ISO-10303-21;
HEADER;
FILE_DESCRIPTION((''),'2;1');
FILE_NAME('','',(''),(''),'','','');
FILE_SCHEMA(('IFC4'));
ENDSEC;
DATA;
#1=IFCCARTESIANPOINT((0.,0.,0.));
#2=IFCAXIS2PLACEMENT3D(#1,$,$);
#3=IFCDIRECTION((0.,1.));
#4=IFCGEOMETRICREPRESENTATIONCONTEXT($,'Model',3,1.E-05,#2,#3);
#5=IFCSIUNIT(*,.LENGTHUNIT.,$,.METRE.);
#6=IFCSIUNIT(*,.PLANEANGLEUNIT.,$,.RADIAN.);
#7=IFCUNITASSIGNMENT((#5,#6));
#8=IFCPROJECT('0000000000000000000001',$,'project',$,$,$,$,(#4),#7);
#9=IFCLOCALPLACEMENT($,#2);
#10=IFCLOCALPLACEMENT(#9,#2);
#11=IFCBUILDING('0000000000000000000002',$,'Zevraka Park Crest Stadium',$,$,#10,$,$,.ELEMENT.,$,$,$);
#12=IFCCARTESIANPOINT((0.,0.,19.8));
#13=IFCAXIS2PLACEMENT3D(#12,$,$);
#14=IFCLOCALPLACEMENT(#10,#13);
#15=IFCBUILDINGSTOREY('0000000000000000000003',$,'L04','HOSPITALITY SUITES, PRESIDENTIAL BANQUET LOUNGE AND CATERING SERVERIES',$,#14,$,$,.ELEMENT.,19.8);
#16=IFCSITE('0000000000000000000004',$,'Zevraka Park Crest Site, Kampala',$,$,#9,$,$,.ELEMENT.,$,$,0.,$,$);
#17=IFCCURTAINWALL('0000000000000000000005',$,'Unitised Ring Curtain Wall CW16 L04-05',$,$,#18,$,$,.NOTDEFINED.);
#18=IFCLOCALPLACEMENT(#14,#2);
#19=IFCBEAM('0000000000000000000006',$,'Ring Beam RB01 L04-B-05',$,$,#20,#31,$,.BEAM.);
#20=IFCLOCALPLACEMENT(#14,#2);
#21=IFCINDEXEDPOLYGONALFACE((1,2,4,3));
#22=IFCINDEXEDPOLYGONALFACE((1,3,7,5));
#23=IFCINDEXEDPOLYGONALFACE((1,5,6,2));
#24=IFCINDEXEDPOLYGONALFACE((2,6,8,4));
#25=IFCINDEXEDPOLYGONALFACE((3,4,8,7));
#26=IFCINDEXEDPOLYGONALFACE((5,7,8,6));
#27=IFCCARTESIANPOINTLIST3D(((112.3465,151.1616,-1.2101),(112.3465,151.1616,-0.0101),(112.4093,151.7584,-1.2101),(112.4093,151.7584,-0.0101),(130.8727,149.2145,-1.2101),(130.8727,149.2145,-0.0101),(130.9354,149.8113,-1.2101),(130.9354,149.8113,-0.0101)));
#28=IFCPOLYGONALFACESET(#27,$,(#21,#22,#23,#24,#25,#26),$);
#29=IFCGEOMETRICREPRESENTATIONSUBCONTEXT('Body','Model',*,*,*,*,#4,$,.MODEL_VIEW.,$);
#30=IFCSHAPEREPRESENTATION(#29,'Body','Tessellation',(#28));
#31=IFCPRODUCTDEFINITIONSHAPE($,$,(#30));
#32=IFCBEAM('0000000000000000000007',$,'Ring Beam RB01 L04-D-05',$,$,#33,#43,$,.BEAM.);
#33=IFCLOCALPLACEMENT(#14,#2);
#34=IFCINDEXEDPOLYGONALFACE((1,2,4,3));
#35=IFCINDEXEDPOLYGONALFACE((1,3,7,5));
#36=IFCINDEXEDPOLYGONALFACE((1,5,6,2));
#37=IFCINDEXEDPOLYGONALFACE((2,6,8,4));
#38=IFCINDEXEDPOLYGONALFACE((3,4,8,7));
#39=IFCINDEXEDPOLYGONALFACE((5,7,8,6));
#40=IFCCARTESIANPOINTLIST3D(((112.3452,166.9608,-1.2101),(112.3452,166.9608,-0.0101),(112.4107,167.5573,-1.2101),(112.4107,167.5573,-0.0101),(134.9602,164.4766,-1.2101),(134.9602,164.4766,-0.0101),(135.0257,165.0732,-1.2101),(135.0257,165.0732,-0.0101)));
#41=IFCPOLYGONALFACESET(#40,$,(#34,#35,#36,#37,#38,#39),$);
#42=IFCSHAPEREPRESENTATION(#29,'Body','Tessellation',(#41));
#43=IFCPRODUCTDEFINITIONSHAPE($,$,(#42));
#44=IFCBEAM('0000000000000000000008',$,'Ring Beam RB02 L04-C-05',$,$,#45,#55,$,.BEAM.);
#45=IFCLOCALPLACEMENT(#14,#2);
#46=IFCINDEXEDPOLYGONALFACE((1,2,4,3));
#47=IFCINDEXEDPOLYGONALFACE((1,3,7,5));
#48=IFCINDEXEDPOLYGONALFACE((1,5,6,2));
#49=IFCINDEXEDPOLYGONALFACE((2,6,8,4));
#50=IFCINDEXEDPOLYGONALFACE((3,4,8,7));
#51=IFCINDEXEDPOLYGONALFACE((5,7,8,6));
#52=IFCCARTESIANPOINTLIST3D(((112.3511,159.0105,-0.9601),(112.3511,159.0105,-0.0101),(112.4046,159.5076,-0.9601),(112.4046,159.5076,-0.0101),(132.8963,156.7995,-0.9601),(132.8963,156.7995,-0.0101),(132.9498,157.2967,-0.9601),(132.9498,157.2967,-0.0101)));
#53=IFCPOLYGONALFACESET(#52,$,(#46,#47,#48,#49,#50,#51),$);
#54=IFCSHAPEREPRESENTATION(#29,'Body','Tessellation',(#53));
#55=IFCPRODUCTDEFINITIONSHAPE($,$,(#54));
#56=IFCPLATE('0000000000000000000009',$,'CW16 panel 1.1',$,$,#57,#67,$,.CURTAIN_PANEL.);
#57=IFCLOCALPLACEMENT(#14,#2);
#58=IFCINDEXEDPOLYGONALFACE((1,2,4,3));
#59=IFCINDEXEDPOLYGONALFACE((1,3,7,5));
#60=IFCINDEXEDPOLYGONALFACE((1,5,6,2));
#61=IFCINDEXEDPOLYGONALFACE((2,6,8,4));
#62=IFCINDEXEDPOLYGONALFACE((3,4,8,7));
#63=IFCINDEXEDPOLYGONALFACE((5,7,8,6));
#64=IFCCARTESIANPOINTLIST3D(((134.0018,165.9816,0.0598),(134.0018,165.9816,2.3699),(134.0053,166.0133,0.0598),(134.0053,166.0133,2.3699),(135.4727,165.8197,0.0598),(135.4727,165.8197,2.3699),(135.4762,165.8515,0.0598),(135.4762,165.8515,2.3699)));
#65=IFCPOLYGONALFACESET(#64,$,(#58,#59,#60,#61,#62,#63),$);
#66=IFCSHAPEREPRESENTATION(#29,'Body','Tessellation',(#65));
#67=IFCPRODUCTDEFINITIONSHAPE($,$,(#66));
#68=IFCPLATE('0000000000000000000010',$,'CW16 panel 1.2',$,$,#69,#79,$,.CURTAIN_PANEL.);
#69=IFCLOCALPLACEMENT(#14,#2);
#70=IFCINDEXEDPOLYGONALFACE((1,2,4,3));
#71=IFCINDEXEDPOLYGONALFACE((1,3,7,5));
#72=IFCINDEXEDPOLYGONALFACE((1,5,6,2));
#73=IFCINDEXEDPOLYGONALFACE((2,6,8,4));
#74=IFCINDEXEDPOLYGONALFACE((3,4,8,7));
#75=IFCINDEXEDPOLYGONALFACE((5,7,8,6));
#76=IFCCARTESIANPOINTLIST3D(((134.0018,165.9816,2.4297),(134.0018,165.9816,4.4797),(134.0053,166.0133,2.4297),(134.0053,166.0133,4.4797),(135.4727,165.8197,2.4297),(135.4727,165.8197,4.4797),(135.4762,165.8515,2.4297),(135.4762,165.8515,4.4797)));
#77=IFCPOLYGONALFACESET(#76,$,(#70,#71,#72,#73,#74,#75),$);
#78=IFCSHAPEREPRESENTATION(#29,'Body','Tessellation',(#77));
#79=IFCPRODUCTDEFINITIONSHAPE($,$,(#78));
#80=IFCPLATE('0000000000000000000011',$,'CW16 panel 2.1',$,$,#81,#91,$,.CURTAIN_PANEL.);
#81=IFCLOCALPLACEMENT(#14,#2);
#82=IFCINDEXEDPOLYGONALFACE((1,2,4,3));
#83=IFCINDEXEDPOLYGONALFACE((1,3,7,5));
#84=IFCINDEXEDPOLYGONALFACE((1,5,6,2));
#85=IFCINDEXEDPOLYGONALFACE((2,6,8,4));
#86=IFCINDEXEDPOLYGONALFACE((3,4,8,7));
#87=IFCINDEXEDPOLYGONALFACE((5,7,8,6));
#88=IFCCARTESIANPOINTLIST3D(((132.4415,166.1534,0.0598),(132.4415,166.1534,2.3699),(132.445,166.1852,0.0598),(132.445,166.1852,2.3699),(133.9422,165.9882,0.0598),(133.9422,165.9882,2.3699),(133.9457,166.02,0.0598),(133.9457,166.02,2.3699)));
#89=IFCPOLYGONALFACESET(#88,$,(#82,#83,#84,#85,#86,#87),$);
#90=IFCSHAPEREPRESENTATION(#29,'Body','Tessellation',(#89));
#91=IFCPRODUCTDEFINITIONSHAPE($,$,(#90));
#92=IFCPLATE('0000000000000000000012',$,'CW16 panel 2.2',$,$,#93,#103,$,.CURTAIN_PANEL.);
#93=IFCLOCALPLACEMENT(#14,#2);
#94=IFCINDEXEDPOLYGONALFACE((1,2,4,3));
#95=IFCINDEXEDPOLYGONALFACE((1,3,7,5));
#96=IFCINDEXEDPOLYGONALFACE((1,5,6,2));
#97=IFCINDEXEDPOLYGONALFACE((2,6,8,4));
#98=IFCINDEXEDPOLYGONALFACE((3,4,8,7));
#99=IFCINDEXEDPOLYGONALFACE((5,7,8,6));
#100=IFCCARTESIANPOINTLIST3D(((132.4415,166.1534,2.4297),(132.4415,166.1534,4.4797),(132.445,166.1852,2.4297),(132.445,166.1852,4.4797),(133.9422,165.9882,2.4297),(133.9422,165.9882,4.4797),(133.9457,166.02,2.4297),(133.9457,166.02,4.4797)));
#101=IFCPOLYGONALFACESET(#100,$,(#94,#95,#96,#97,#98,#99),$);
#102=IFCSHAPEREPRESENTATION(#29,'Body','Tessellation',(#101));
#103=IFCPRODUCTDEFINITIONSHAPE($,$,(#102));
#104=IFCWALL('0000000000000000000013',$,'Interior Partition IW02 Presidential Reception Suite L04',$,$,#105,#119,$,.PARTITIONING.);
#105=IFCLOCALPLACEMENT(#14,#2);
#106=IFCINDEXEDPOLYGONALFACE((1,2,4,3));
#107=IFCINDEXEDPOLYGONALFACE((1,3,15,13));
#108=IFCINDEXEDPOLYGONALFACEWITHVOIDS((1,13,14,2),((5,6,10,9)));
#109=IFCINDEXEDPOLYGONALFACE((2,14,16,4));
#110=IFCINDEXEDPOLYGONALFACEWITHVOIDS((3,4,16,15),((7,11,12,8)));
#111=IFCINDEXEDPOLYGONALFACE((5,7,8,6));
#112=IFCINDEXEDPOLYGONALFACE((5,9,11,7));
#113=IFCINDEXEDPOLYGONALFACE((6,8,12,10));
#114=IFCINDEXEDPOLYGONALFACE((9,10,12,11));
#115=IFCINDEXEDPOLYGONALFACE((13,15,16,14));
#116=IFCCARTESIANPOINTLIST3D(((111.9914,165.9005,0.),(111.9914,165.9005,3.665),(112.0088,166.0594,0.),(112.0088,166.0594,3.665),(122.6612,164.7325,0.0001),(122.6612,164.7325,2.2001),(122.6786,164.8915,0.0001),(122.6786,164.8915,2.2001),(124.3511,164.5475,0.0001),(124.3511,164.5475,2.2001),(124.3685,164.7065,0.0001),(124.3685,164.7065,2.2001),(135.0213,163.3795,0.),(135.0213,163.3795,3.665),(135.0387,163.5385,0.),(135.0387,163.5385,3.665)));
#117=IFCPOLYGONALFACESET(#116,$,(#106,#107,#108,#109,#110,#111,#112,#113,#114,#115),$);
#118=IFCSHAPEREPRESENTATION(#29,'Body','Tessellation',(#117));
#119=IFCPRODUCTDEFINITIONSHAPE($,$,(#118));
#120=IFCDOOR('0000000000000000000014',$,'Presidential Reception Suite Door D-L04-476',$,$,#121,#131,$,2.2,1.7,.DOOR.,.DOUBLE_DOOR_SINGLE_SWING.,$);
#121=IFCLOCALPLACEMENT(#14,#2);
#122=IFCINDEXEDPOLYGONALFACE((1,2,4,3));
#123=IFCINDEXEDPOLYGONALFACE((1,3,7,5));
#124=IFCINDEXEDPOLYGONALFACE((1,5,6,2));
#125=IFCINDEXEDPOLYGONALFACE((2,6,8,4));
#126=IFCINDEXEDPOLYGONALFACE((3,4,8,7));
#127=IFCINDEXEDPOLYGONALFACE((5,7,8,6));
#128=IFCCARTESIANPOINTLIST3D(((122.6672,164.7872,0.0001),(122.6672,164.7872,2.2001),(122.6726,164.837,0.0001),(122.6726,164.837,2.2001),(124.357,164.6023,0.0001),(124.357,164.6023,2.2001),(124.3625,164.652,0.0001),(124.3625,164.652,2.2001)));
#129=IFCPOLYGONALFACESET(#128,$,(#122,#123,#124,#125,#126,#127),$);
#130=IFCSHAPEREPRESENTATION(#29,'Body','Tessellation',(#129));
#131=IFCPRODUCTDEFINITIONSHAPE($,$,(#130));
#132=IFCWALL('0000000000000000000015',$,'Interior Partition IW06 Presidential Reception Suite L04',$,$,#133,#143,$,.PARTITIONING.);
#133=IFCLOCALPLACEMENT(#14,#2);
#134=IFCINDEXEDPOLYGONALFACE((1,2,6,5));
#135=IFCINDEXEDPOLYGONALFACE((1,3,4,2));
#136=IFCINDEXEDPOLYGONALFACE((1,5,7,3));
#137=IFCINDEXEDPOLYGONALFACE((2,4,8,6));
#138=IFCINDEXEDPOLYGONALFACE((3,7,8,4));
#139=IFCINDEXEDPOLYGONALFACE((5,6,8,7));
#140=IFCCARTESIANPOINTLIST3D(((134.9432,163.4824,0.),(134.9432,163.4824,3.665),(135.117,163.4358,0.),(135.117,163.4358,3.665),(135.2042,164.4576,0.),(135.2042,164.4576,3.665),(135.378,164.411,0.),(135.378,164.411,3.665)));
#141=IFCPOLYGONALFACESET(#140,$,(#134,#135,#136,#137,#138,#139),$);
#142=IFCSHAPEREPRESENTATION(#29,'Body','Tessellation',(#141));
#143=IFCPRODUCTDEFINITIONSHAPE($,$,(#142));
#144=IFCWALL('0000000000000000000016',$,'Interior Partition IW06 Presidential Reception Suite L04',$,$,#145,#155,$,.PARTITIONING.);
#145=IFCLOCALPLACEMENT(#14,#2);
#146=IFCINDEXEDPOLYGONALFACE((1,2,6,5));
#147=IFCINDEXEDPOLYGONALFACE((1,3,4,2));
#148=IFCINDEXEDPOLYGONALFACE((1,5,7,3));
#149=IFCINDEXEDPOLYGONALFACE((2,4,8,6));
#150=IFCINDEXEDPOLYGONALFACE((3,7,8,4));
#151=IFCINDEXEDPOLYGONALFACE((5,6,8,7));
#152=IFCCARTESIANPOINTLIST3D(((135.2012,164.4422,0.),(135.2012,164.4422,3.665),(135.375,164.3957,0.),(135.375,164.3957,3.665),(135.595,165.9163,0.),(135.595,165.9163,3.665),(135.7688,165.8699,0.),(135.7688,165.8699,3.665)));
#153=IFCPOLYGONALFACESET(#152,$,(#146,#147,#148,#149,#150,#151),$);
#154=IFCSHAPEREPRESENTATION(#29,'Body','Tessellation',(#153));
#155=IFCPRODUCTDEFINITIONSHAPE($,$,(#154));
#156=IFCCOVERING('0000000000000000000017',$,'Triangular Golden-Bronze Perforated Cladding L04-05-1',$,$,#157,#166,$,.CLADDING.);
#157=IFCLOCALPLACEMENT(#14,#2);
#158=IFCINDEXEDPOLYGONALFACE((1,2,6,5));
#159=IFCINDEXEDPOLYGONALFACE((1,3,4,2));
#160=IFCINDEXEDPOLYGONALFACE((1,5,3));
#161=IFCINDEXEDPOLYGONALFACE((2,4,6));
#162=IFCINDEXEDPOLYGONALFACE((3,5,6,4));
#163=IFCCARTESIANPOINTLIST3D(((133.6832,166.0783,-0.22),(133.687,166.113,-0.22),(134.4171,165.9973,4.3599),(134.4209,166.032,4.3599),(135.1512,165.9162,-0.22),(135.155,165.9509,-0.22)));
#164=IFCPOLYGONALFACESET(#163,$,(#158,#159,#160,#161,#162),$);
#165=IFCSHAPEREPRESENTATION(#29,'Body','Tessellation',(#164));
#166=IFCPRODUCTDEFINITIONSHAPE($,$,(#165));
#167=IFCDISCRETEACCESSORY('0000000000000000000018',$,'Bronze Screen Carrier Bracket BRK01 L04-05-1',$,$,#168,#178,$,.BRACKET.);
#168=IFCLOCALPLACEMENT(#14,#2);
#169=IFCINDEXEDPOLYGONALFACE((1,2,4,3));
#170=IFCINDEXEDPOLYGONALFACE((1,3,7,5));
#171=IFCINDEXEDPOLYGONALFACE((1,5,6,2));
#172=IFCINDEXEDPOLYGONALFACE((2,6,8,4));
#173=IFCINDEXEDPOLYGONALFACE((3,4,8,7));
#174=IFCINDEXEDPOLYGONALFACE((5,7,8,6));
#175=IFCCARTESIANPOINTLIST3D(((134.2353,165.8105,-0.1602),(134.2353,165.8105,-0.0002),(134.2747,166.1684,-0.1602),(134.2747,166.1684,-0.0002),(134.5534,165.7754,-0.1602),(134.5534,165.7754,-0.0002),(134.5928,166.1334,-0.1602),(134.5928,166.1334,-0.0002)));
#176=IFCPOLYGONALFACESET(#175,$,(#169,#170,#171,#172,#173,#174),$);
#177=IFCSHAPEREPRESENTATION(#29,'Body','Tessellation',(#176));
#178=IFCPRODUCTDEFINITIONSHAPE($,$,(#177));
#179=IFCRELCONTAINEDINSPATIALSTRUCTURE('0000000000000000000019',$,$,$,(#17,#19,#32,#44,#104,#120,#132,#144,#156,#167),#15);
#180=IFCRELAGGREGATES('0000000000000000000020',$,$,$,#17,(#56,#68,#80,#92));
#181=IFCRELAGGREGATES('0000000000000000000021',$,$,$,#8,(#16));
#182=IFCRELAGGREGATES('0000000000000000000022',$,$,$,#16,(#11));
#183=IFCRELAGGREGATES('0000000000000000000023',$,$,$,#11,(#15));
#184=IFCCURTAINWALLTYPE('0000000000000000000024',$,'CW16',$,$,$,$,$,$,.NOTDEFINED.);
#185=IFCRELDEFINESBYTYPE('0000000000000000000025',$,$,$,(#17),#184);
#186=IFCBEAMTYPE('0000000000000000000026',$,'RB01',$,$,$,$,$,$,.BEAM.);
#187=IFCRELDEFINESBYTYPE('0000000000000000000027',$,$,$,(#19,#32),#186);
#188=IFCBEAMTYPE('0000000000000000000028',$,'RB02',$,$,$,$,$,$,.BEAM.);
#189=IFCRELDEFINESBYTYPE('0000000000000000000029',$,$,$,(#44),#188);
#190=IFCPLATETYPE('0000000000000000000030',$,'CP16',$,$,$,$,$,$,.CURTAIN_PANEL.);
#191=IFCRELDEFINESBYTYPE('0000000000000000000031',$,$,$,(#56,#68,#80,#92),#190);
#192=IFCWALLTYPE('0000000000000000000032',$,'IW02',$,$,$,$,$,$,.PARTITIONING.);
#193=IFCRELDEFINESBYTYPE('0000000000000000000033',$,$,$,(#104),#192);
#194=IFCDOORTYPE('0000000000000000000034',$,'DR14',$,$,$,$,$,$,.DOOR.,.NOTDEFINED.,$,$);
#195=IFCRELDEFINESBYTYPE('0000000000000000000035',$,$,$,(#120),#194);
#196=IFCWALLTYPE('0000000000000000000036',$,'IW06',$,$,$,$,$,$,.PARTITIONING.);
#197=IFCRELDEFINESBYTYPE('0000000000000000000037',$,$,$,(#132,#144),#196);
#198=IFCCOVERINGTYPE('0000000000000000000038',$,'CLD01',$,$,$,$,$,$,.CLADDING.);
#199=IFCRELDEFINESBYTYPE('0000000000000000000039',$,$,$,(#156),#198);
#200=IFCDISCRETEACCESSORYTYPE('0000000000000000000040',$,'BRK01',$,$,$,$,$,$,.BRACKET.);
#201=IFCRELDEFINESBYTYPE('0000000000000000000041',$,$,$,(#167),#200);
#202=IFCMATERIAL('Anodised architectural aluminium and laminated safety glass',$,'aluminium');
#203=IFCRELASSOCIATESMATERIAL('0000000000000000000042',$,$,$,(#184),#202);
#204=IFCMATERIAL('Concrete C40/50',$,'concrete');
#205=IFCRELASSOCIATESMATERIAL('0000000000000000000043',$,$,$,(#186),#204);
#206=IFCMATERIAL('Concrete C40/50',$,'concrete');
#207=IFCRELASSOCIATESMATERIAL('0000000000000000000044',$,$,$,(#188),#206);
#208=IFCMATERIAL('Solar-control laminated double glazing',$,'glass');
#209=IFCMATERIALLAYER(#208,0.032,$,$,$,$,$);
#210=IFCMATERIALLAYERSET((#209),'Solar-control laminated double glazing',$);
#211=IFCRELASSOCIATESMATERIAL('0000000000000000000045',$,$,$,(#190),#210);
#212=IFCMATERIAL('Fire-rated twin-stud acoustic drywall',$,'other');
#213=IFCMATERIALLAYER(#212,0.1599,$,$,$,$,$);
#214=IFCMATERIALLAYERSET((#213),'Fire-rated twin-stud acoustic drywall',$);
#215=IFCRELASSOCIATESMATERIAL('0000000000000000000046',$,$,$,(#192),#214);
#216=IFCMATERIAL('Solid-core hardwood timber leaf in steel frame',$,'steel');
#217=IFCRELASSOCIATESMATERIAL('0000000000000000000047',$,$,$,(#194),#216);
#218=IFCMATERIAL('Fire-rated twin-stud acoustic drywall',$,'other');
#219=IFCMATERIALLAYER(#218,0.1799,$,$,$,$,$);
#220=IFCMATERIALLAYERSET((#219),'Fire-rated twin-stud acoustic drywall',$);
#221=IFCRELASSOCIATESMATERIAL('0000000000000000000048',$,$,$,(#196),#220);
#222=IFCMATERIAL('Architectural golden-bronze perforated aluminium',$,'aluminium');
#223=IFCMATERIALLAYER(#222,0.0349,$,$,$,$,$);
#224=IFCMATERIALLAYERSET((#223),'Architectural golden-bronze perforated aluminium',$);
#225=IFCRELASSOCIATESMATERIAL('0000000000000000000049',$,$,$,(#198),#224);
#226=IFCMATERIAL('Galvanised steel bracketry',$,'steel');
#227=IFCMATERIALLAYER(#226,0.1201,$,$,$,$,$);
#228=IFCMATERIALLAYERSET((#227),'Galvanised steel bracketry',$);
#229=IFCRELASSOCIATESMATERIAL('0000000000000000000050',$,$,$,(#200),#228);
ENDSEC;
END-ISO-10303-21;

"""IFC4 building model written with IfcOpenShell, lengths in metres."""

from ifc_helpers import new_model, si_unit, direction, frame, frame_2d, origin, origin_2d, place, context, subcontext, project, spatial, polyline, rectangle, outline, extrude, material, layer, layer_set, material_profile, profile_set, type_object, element, fill, aggregate, save


model = new_model("IFC4")

# Units and contexts
model_context = context("Model", 3, precision=1e-05, world=origin(), true_north=direction((0.0, 1.0)))
body_context = subcontext(model_context, "Body", "Model", "MODEL_VIEW")
ifc_project = project(units=[si_unit("LENGTHUNIT", "METRE"), si_unit("PLANEANGLEUNIT", "RADIAN")], contexts=[model_context])

# Site, building, storey
site_placement = place(None, origin())
site = spatial("IfcSite", under=ifc_project, at=site_placement, Name="Zevraka Park Crest Site, Kampala", CompositionType="ELEMENT", RefElevation=0.0)
building_placement = place(site_placement, origin())
building = spatial("IfcBuilding", under=site, at=building_placement, Name="Zevraka Park Crest Stadium", CompositionType="ELEMENT")
storey_placement = place(building_placement, frame((0.0, 0.0, 19.8)))
storey = spatial("IfcBuildingStorey", under=building, at=storey_placement, Name="L04", Description="HOSPITALITY SUITES, PRESIDENTIAL BANQUET LOUNGE AND CATERING SERVERIES", CompositionType="ELEMENT", Elevation=19.8)

# Curtain wall
ifc_material_1 = material(Name="Anodised architectural aluminium and laminated safety glass", Category="aluminium")
curtain_wall_type = type_object("IfcCurtainWallType", Name="CW16", PredefinedType="NOTDEFINED", material=ifc_material_1)
curtain_wall_placement = place(storey_placement, origin())
curtain_wall = element("IfcCurtainWall", 1, at=curtain_wall_placement, inside=storey, type_object=curtain_wall_type, Name="Unitised Ring Curtain Wall CW16 L04-05", PredefinedType="NOTDEFINED")

# Beams
ifc_material_2 = material(Name="Concrete C40/50", Category="concrete")
ifc_material_profile_1 = material_profile(ifc_material_2, rectangle(XDim=0.6001, YDim=1.2, at=origin_2d()), Name="RC 1200x600")
ifc_profile_set_1 = profile_set([ifc_material_profile_1], Name="Concrete C40/50")
beam_type_1 = type_object("IfcBeamType", Name="RB01", PredefinedType="BEAM", material=ifc_profile_set_1)
beam_1_placement = place(storey_placement, frame((130.9041, 149.5129, -0.6101), z_axis=(-0.994523, 0.10452, 0.0), x_axis=(-0.10452, -0.994523, 0.0)))
element("IfcBeam", 2, at=beam_1_placement, inside=storey, type_object=beam_type_1, Name="Ring Beam RB01 L04-B-05", PredefinedType="BEAM", context=body_context, shape_type="SweptSolid", body=[
    extrude(rectangle(XDim=0.6001, YDim=1.2, at=origin_2d()), origin(), (0.0, 0.0, 1.0), 18.6282),
])
beam_2_placement = place(storey_placement, frame((134.9929, 164.7749, -0.6101), z_axis=(-0.994021, 0.109188, 0.0), x_axis=(-0.109188, -0.994021, 0.0)))
element("IfcBeam", 3, at=beam_2_placement, inside=storey, type_object=beam_type_1, Name="Ring Beam RB01 L04-D-05", PredefinedType="BEAM", context=body_context, shape_type="SweptSolid", body=[
    extrude(rectangle(XDim=0.6001, YDim=1.2, at=origin_2d()), origin(), (0.0, 0.0, 1.0), 22.751),
])
ifc_material_3 = material(Name="Concrete C40/50", Category="concrete")
ifc_material_profile_2 = material_profile(ifc_material_3, rectangle(XDim=0.5, YDim=0.95, at=origin_2d()), Name="RC 950x500")
ifc_profile_set_2 = profile_set([ifc_material_profile_2], Name="Concrete C40/50")
beam_type_2 = type_object("IfcBeamType", Name="RB02", PredefinedType="BEAM", material=ifc_profile_set_2)
beam_3_placement = place(storey_placement, frame((132.9231, 157.0481, -0.4851), z_axis=(-0.994259, 0.106996, 0.0), x_axis=(-0.106996, -0.994259, 0.0)))
element("IfcBeam", 4, at=beam_3_placement, inside=storey, type_object=beam_type_2, Name="Ring Beam RB02 L04-C-05", PredefinedType="BEAM", context=body_context, shape_type="SweptSolid", body=[
    extrude(rectangle(XDim=0.5, YDim=0.95, at=origin_2d()), origin(), (0.0, 0.0, 1.0), 20.6638),
])

# Plates
ifc_material_4 = material(Name="Solar-control laminated double glazing", Category="glass")
ifc_layer_1 = layer(ifc_material_4, 0.032)
ifc_layer_set_1 = layer_set([ifc_layer_1], Name="Solar-control laminated double glazing")
plate_type = type_object("IfcPlateType", Name="CP16", PredefinedType="CURTAIN_PANEL", material=ifc_layer_set_1)
plate_1_placement = place(storey_placement, frame((134.739, 165.9165, 0.0598), z_axis=(0.0, 0.0, 1.0), x_axis=(-0.993997, 0.109406, 0.0)))
plate_1 = element("IfcPlate", 5, at=plate_1_placement, type_object=plate_type, Name="CW16 panel 1.1", PredefinedType="CURTAIN_PANEL", context=body_context, shape_type="SweptSolid", body=[
    extrude(rectangle(XDim=1.4797, YDim=0.032, at=origin_2d()), origin(), (0.0, 0.0, 1.0), 2.3101),
])
plate_2_placement = place(storey_placement, frame((134.739, 165.9165, 2.4297), z_axis=(0.0, 0.0, 1.0), x_axis=(-0.993997, 0.109406, 0.0)))
plate_2 = element("IfcPlate", 6, at=plate_2_placement, type_object=plate_type, Name="CW16 panel 1.2", PredefinedType="CURTAIN_PANEL", context=body_context, shape_type="SweptSolid", body=[
    extrude(rectangle(XDim=1.4797, YDim=0.032, at=origin_2d()), origin(), (0.0, 0.0, 1.0), 2.05),
])
plate_3_placement = place(storey_placement, frame((133.1936, 166.0867, 0.0598), z_axis=(0.0, 0.0, 1.0), x_axis=(-0.993997, 0.109406, 0.0)))
plate_3 = element("IfcPlate", 7, at=plate_3_placement, type_object=plate_type, Name="CW16 panel 2.1", PredefinedType="CURTAIN_PANEL", context=body_context, shape_type="SweptSolid", body=[
    extrude(rectangle(XDim=1.5098, YDim=0.032, at=origin_2d()), origin(), (0.0, 0.0, 1.0), 2.3101),
])
plate_4_placement = place(storey_placement, frame((133.1936, 166.0867, 2.4297), z_axis=(0.0, 0.0, 1.0), x_axis=(-0.993997, 0.109406, 0.0)))
plate_4 = element("IfcPlate", 8, at=plate_4_placement, type_object=plate_type, Name="CW16 panel 2.2", PredefinedType="CURTAIN_PANEL", context=body_context, shape_type="SweptSolid", body=[
    extrude(rectangle(XDim=1.5098, YDim=0.032, at=origin_2d()), origin(), (0.0, 0.0, 1.0), 2.05),
])
aggregate(curtain_wall, [plate_1, plate_2, plate_3, plate_4])

# Wall, opening, door
ifc_material_5 = material(Name="Fire-rated twin-stud acoustic drywall", Category="other")
ifc_layer_2 = layer(ifc_material_5, 0.1599)
ifc_layer_set_2 = layer_set([ifc_layer_2], Name="Fire-rated twin-stud acoustic drywall")
wall_type_1 = type_object("IfcWallType", Name="IW02", PredefinedType="PARTITIONING", material=ifc_layer_set_2)
wall_1_placement = place(storey_placement, frame((135.03, 163.459, 0.0), z_axis=(0.0, 0.0, 1.0), x_axis=(-0.994062, 0.108816, 0.0)))
wall_1 = element("IfcWall", 9, at=wall_1_placement, inside=storey, type_object=wall_type_1, Name="Interior Partition IW02 Presidential Reception Suite L04", PredefinedType="PARTITIONING", context=body_context, shape_type="SweptSolid", body=[
    extrude(rectangle(XDim=23.1675, YDim=0.1599, at=frame_2d((11.5837, 0.0))), origin(), (0.0, 0.0, 1.0), 3.665),
])
opening_placement = place(wall_1_placement, frame((10.7339, 0.0, 0.0)))
opening = element("IfcOpeningElement", 10, at=opening_placement, cuts=wall_1, PredefinedType="OPENING", context=body_context, shape_type="SweptSolid", body=[
    extrude(rectangle(XDim=1.7, YDim=2.2, at=frame_2d((0.8501, 1.1001))), frame((0.0, 0.0898, 0.0), z_axis=(0.0, -1.0, 0.0), x_axis=(1.0, 0.0, 0.0)), (0.0, 0.0, 1.0), 0.1799),
])
ifc_material_6 = material(Name="Solid-core hardwood timber leaf in steel frame", Category="steel")
door_type = type_object("IfcDoorType", Name="DR14", OperationType="NOTDEFINED", PredefinedType="DOOR", material=ifc_material_6)
door_placement = place(opening_placement, origin())
door = element("IfcDoor", 11, at=door_placement, inside=storey, type_object=door_type, Name="Presidential Reception Suite Door D-L04-476", OperationType="DOUBLE_DOOR_SINGLE_SWING", OverallHeight=2.2, OverallWidth=1.7, PredefinedType="DOOR", context=body_context, shape_type="SweptSolid", body=[
    extrude(rectangle(XDim=1.7, YDim=2.2, at=frame_2d((0.8501, 1.1001))), frame((0.0, 0.0249, 0.0), z_axis=(0.0, -1.0, 0.0), x_axis=(1.0, 0.0, 0.0)), (0.0, 0.0, 1.0), 0.05),
])
fill(opening, door)

# Walls
ifc_material_7 = material(Name="Fire-rated twin-stud acoustic drywall", Category="other")
ifc_layer_3 = layer(ifc_material_7, 0.1799)
ifc_layer_set_3 = layer_set([ifc_layer_3], Name="Fire-rated twin-stud acoustic drywall")
wall_type_2 = type_object("IfcWallType", Name="IW06", PredefinedType="PARTITIONING", material=ifc_layer_set_3)
wall_2_placement = place(storey_placement, frame((135.03, 163.459, 0.0), z_axis=(0.0, 0.0, 1.0), x_axis=(0.258551, 0.965998, 0.0)))
element("IfcWall", 12, at=wall_2_placement, inside=storey, type_object=wall_type_2, Name="Interior Partition IW06 Presidential Reception Suite L04", PredefinedType="PARTITIONING", context=body_context, shape_type="SweptSolid", body=[
    extrude(rectangle(XDim=1.0095, YDim=0.1799, at=frame_2d((0.5049, 0.0))), origin(), (0.0, 0.0, 1.0), 3.665),
])
wall_3_placement = place(storey_placement, frame((135.2881, 164.4189, 0.0), z_axis=(0.0, 0.0, 1.0), x_axis=(0.258091, 0.966121, 0.0)))
element("IfcWall", 13, at=wall_3_placement, inside=storey, type_object=wall_type_2, Name="Interior Partition IW06 Presidential Reception Suite L04", PredefinedType="PARTITIONING", context=body_context, shape_type="SweptSolid", body=[
    extrude(rectangle(XDim=1.5259, YDim=0.1799, at=frame_2d((0.7629, 0.0))), origin(), (0.0, 0.0, 1.0), 3.665),
])

# Covering
ifc_material_8 = material(Name="Architectural golden-bronze perforated aluminium", Category="aluminium")
ifc_layer_4 = layer(ifc_material_8, 0.0349)
ifc_layer_set_4 = layer_set([ifc_layer_4], Name="Architectural golden-bronze perforated aluminium")
covering_type = type_object("IfcCoveringType", Name="CLD01", PredefinedType="CLADDING", material=ifc_layer_set_4)
covering_placement = place(storey_placement, frame((135.155, 165.9509, -0.22), z_axis=(0.10976, 0.993958, 0.000003), x_axis=(-0.993958, 0.10976, 0.0)))
element("IfcCovering", 14, at=covering_placement, inside=storey, type_object=covering_type, Name="Triangular Golden-Bronze Perforated Cladding L04-05-1", PredefinedType="CLADDING", context=body_context, shape_type="SweptSolid", body=[
    extrude(outline(polyline([(0.0, 0.0), (1.4769, 0.0), (0.7386, 4.5798), (0.0, 0.0)])), origin(), (0.0, 0.0, -1.0), 0.0349),
])

# Discrete accessory
ifc_material_9 = material(Name="Galvanised steel bracketry", Category="steel")
ifc_layer_5 = layer(ifc_material_9, 0.1201)
ifc_layer_set_5 = layer_set([ifc_layer_5], Name="Galvanised steel bracketry")
discrete_accessory_type = type_object("IfcDiscreteAccessoryType", Name="BRK01", PredefinedType="BRACKET", material=ifc_layer_set_5)
for number, where, z_axis, x_axis, name in (
    (15, (134.4141, 165.9719, -0.1602), (0.0, 0.0, 1.0), (-0.993999, 0.109387, 0.0), "Bronze Screen Carrier Bracket BRK01 L04-05-1"),
):
    element("IfcDiscreteAccessory", number, at=place(storey_placement, frame(where, z_axis=z_axis, x_axis=x_axis)), inside=storey, type_object=discrete_accessory_type, Name=name, PredefinedType="BRACKET", context=body_context, shape_type="SweptSolid", body=[
        extrude(rectangle(XDim=0.3201, YDim=0.3601, at=origin_2d()), origin(), (0.0, 0.0, 1.0), 0.1599),
    ])

save(model, "model.ifc")
